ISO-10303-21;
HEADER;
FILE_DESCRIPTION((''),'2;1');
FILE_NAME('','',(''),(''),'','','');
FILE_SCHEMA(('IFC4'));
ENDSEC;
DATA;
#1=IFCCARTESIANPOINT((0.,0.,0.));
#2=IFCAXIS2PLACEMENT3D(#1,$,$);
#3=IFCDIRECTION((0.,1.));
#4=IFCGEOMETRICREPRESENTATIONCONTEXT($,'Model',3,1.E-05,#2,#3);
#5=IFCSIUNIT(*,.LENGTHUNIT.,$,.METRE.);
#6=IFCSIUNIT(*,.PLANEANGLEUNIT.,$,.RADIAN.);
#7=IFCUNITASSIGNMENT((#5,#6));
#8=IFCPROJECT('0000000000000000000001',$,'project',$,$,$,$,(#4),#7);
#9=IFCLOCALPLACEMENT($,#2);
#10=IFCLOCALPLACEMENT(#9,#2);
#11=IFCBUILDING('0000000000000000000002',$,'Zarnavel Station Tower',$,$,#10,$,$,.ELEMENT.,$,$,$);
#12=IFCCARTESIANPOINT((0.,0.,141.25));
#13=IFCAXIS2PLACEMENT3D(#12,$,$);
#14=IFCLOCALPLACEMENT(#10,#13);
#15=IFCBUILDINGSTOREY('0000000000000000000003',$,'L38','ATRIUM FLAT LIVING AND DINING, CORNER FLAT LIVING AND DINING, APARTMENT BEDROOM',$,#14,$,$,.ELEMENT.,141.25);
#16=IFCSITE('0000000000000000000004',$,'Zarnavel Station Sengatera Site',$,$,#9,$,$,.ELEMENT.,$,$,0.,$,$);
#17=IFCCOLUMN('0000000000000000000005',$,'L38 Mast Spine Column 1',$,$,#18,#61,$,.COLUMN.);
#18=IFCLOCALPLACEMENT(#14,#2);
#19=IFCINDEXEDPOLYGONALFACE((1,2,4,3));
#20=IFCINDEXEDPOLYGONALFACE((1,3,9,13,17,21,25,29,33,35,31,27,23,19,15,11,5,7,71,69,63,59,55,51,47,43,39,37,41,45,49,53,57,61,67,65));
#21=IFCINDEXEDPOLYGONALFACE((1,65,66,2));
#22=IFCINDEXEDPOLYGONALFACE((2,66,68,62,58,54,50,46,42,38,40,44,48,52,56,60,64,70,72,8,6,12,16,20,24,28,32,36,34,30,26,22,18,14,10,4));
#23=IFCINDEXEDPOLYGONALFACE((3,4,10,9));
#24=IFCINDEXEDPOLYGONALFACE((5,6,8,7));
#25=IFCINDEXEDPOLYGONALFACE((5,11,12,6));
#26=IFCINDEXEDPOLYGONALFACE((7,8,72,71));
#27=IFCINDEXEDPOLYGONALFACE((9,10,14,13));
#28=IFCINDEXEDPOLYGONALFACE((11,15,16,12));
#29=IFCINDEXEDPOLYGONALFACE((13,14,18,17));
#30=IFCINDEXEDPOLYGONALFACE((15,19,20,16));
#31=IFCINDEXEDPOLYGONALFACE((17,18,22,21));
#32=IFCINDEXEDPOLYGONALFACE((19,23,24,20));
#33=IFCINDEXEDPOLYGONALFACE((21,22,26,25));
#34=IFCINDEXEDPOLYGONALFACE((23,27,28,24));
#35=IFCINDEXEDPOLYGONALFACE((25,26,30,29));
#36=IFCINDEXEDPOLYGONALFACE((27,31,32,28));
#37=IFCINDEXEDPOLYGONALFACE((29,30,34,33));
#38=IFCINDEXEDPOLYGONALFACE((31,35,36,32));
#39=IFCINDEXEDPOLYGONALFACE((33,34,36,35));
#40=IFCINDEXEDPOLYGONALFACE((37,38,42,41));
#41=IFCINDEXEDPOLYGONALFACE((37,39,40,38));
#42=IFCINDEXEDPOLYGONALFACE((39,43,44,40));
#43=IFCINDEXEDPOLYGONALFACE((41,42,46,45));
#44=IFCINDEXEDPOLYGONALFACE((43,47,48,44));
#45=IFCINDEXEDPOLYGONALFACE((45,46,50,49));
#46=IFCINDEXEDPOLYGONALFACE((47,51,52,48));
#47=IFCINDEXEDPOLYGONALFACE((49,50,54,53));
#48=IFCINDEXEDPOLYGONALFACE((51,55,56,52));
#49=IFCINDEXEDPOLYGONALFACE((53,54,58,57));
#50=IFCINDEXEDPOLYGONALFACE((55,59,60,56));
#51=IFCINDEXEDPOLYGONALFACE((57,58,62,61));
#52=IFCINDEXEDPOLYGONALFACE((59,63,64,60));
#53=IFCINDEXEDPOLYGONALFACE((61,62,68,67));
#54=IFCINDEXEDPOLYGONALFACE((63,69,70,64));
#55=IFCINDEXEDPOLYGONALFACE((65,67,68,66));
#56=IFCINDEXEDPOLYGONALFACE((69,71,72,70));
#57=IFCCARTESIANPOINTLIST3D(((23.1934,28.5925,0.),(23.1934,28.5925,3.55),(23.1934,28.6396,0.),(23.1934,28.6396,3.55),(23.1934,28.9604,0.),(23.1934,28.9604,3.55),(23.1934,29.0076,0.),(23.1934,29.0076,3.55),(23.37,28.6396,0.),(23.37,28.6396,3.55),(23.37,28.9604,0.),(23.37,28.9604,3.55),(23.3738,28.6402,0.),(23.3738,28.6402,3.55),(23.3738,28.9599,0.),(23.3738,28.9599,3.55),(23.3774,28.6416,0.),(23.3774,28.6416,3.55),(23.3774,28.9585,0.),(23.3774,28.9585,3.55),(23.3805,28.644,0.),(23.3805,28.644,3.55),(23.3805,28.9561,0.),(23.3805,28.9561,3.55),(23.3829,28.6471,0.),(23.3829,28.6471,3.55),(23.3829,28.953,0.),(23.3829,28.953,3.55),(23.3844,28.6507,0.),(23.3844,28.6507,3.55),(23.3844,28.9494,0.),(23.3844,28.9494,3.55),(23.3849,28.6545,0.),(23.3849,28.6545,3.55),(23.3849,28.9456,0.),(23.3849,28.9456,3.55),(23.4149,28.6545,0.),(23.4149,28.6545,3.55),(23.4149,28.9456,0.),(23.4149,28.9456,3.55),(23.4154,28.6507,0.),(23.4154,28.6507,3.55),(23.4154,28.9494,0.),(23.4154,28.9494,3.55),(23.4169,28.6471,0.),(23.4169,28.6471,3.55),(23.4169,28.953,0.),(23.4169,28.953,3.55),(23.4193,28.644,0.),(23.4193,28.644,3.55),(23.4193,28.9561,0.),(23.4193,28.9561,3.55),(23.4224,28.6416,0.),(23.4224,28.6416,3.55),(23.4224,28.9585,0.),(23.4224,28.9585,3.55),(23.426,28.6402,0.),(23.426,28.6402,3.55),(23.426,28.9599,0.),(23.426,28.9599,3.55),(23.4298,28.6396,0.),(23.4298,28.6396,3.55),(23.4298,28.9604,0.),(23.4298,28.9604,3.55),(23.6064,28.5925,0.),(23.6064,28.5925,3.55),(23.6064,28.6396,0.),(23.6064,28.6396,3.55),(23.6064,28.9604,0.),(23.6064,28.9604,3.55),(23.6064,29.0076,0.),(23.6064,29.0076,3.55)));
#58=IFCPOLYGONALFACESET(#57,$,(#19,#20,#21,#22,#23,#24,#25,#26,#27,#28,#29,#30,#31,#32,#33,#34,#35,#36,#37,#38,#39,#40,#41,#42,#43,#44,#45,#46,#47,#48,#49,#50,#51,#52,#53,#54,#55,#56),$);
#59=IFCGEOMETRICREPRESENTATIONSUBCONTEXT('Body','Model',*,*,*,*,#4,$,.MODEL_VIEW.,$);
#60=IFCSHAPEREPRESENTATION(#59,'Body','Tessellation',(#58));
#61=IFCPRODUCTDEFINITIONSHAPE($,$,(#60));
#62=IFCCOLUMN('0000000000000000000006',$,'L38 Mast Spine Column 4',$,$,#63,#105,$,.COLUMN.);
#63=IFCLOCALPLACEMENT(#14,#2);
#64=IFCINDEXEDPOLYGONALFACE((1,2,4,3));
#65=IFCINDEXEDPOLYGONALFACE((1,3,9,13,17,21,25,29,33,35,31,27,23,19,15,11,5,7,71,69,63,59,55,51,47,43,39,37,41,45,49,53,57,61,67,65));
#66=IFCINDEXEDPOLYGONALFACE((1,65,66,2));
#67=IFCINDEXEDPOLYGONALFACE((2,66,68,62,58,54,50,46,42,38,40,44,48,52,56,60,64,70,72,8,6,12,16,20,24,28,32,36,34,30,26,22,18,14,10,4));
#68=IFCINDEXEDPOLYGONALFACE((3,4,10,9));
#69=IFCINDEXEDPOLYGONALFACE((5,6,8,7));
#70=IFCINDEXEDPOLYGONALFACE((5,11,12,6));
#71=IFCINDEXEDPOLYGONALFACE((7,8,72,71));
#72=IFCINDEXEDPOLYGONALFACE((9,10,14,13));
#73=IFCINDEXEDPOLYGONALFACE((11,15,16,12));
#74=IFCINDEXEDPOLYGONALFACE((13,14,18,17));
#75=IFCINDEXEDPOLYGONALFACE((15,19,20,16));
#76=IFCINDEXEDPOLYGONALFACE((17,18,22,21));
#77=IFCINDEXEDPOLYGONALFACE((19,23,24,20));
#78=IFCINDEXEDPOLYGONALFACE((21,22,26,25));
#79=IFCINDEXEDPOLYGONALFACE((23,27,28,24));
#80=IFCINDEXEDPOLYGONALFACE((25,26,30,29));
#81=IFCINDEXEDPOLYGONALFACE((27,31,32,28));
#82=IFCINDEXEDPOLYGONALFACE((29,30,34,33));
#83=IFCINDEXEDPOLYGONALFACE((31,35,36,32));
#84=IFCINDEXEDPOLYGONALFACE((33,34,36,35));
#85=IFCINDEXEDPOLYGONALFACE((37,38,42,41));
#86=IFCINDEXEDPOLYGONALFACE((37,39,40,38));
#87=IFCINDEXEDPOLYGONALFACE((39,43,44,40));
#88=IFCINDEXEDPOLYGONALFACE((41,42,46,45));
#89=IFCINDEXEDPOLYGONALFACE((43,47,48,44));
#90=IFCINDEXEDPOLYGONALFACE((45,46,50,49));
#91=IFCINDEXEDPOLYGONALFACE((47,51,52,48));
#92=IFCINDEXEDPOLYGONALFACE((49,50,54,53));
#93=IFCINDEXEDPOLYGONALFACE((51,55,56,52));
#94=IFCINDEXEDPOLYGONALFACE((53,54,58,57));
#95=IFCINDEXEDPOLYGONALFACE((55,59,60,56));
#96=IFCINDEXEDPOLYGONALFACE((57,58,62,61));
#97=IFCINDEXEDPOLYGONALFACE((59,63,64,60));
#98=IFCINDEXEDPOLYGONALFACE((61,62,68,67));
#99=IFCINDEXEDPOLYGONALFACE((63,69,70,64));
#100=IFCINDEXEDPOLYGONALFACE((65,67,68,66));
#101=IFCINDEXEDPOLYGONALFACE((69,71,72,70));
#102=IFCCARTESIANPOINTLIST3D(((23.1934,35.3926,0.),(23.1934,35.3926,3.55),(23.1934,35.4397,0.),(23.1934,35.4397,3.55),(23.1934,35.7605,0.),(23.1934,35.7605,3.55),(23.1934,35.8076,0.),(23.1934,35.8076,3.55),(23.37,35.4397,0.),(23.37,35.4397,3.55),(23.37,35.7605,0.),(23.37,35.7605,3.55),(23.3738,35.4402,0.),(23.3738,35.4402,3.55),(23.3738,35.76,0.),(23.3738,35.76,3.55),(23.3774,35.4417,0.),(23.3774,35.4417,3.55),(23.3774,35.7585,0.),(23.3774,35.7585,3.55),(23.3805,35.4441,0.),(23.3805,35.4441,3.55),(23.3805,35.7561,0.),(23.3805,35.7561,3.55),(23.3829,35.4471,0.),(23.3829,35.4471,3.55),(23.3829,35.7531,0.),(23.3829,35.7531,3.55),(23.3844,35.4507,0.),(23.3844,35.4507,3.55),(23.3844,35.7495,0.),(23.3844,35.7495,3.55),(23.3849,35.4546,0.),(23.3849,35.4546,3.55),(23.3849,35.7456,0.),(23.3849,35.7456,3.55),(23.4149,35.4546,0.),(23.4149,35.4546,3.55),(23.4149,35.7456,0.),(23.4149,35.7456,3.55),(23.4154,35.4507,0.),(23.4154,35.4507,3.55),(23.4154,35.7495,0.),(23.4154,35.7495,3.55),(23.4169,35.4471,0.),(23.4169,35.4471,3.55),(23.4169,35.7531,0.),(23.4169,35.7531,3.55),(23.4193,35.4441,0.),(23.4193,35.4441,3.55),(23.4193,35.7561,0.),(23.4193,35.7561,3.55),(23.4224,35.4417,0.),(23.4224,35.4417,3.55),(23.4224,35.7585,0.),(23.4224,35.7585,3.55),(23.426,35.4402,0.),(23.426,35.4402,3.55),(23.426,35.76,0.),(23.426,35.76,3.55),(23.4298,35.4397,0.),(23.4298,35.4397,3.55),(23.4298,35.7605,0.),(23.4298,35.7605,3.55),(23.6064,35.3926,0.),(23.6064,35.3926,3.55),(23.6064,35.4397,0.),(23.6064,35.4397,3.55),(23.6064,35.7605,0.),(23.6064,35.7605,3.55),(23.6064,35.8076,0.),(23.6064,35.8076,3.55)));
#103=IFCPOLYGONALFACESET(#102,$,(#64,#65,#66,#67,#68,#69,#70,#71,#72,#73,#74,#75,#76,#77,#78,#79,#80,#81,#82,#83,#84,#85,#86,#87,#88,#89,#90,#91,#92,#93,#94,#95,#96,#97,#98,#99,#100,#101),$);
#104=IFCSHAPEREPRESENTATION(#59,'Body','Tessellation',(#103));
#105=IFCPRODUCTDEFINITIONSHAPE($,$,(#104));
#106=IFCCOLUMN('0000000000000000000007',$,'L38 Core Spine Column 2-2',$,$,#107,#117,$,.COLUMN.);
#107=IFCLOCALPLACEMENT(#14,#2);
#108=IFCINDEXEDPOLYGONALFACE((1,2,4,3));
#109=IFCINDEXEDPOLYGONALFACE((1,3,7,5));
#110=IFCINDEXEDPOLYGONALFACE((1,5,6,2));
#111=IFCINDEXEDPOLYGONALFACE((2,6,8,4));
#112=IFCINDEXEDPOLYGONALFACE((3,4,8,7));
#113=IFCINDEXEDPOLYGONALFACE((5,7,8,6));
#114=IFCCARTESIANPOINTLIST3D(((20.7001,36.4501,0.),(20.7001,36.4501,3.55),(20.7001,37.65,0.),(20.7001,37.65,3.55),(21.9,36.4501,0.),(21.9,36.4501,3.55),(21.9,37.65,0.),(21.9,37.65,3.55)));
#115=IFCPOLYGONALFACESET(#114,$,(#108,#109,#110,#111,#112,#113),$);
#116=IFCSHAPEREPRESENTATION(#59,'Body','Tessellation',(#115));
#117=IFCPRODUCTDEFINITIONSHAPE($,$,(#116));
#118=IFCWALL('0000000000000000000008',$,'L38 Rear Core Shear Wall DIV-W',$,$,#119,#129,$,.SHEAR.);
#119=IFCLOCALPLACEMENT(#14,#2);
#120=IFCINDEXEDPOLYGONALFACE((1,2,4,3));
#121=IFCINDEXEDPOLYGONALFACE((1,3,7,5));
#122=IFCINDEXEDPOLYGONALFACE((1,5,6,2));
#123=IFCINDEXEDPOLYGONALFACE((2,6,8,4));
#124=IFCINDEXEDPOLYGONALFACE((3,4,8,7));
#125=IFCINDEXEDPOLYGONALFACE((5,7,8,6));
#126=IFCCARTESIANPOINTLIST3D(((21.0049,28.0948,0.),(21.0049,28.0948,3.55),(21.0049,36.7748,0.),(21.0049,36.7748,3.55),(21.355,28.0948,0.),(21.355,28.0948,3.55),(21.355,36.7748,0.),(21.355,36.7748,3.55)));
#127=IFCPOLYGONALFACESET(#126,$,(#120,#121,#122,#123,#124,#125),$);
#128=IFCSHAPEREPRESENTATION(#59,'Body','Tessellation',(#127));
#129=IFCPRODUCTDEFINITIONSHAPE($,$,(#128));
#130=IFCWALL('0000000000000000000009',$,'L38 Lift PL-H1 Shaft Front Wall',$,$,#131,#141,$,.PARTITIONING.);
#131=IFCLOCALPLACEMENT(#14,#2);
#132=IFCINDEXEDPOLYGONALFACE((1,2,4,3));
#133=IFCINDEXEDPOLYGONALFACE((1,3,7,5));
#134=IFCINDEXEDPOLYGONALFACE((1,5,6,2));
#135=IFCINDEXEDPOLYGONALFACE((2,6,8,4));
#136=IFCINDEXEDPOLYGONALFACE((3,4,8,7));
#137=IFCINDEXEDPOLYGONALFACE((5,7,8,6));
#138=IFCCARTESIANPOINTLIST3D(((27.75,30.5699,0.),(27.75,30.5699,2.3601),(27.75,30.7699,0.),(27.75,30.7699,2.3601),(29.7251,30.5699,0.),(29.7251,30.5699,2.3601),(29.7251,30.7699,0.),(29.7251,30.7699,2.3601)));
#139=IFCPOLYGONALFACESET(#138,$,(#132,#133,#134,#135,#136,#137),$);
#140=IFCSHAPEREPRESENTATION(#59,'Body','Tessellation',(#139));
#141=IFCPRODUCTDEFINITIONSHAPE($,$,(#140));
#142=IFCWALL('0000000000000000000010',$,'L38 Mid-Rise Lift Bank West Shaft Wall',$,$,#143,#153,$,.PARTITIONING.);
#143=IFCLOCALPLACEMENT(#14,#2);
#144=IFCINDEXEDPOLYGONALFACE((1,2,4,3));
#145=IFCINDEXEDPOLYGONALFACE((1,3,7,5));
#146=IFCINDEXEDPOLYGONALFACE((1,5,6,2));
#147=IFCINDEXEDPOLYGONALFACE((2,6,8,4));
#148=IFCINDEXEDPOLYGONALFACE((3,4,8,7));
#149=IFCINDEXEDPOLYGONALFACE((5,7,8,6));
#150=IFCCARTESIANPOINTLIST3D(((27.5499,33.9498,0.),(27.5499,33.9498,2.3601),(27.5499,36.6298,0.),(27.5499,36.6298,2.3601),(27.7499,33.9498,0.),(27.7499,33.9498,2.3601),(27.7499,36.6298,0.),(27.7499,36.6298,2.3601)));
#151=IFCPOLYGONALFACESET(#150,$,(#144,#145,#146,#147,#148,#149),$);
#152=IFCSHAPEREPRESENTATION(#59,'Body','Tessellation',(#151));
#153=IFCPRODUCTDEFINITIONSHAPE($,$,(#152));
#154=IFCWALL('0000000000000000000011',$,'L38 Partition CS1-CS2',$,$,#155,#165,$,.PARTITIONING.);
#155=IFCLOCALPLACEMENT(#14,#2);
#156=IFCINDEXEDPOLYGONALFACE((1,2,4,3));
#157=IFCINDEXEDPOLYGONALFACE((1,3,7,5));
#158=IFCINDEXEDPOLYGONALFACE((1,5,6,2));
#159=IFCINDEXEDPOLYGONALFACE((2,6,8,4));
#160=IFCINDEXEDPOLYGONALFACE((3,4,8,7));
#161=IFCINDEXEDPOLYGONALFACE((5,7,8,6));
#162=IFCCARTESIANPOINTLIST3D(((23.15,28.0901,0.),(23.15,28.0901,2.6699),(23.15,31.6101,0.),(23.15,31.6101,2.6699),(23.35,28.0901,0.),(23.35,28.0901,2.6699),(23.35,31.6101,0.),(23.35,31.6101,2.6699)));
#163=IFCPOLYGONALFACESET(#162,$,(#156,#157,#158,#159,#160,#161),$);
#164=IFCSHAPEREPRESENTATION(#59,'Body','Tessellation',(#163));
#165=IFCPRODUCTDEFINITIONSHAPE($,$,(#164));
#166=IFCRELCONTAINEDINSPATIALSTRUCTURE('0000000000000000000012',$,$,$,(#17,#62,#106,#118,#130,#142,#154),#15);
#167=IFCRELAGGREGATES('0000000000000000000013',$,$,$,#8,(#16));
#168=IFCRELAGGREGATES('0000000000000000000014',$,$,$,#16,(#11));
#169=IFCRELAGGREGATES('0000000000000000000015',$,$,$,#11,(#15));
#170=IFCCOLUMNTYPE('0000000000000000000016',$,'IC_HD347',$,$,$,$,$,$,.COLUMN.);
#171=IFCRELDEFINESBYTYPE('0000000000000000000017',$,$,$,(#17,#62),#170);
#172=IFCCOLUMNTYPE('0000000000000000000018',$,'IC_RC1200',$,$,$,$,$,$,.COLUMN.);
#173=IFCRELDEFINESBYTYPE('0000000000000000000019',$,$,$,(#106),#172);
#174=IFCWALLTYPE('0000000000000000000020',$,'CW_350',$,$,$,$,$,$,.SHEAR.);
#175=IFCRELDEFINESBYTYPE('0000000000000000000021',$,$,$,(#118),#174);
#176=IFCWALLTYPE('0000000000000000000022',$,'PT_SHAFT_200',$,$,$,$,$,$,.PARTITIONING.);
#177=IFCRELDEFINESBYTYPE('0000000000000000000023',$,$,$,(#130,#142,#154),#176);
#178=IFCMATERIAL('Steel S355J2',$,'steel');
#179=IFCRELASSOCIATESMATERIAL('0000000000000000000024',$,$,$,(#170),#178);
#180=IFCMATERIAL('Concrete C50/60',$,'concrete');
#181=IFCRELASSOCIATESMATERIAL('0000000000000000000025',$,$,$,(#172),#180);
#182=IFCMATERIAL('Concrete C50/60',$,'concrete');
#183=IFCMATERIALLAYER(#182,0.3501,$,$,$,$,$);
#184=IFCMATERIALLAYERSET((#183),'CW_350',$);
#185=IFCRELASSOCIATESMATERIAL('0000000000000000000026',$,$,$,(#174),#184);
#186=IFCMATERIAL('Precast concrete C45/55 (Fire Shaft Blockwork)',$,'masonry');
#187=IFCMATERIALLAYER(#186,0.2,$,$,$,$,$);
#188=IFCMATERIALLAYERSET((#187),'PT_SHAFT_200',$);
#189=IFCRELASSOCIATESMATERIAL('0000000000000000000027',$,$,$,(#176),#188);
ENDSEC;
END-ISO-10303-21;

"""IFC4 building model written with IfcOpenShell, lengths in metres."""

from ifc_helpers import new_model, si_unit, direction, frame, frame_2d, origin, origin_2d, place, context, subcontext, project, spatial, rectangle, i_section, extrude, material, layer, layer_set, material_profile, profile_set, type_object, element, save


model = new_model("IFC4")

# Units and contexts
model_context = context("Model", 3, precision=1e-05, world=origin(), true_north=direction((0.0, 1.0)))
body_context = subcontext(model_context, "Body", "Model", "MODEL_VIEW")
ifc_project = project(units=[si_unit("LENGTHUNIT", "METRE"), si_unit("PLANEANGLEUNIT", "RADIAN")], contexts=[model_context])

# Site, building, storey
site_placement = place(None, origin())
site = spatial("IfcSite", under=ifc_project, at=site_placement, Name="Zarnavel Station Sengatera Site", CompositionType="ELEMENT", RefElevation=0.0)
building_placement = place(site_placement, origin())
building = spatial("IfcBuilding", under=site, at=building_placement, Name="Zarnavel Station Tower", CompositionType="ELEMENT")
storey_placement = place(building_placement, frame((0.0, 0.0, 141.25)))
storey = spatial("IfcBuildingStorey", under=building, at=storey_placement, Name="L38", Description="ATRIUM FLAT LIVING AND DINING, CORNER FLAT LIVING AND DINING, APARTMENT BEDROOM", CompositionType="ELEMENT", Elevation=141.25)

# Columns
ifc_material_1 = material(Name="Steel S355J2", Category="steel")
ifc_material_profile_1 = material_profile(ifc_material_1, i_section(OverallWidth=0.4131, OverallDepth=0.415, WebThickness=0.03, FlangeThickness=0.0471, FilletRadius=0.0149, at=origin_2d()), Name="HD400x347")
ifc_profile_set_1 = profile_set([ifc_material_profile_1], Name="Steel S355J2")
column_type_1 = type_object("IfcColumnType", Name="IC_HD347", PredefinedType="COLUMN", material=ifc_profile_set_1)
for number, where, z_axis, x_axis, name in (
    (1, (23.3999, 28.8, 0.0), (0.0, 0.0, 1.0), (1.0, 0.0, 0.0), "L38 Mast Spine Column 1"),
    (2, (23.3999, 35.6001, 0.0), (0.0, 0.0, 1.0), (1.0, 0.0, 0.0), "L38 Mast Spine Column 4"),
):
    element("IfcColumn", number, at=place(storey_placement, frame(where, z_axis=z_axis, x_axis=x_axis)), inside=storey, type_object=column_type_1, Name=name, PredefinedType="COLUMN", context=body_context, shape_type="SweptSolid", body=[
        extrude(i_section(OverallWidth=0.4131, OverallDepth=0.415, WebThickness=0.03, FlangeThickness=0.0471, FilletRadius=0.0149, at=origin_2d()), origin(), (0.0, 0.0, 1.0), 3.55),
    ])
ifc_material_2 = material(Name="Concrete C50/60", Category="concrete")
ifc_material_profile_2 = material_profile(ifc_material_2, rectangle(XDim=1.2, YDim=1.2, at=origin_2d()), Name="RC1200x1200")
ifc_profile_set_2 = profile_set([ifc_material_profile_2], Name="Concrete C50/60")
column_type_2 = type_object("IfcColumnType", Name="IC_RC1200", PredefinedType="COLUMN", material=ifc_profile_set_2)
column_placement = place(storey_placement, frame((21.3, 37.05, 0.0), z_axis=(0.0, 0.0, 1.0), x_axis=(1.0, 0.0, 0.0)))
element("IfcColumn", 3, at=column_placement, inside=storey, type_object=column_type_2, Name="L38 Core Spine Column 2-2", PredefinedType="COLUMN", context=body_context, shape_type="SweptSolid", body=[
    extrude(rectangle(XDim=1.2, YDim=1.2, at=origin_2d()), origin(), (0.0, 0.0, 1.0), 3.55),
])

# Wall
ifc_material_3 = material(Name="Concrete C50/60", Category="concrete")
ifc_layer_1 = layer(ifc_material_3, 0.3501)
ifc_layer_set_1 = layer_set([ifc_layer_1], Name="CW_350")
wall_type_1 = type_object("IfcWallType", Name="CW_350", PredefinedType="SHEAR", material=ifc_layer_set_1)
wall_1_placement = place(storey_placement, frame((21.1799, 28.095, 0.0), z_axis=(0.0, 0.0, 1.0), x_axis=(0.0, 1.0, 0.0)))
element("IfcWall", 4, at=wall_1_placement, inside=storey, type_object=wall_type_1, Name="L38 Rear Core Shear Wall DIV-W", PredefinedType="SHEAR", context=body_context, shape_type="SweptSolid", body=[
    extrude(rectangle(XDim=8.6799, YDim=0.3501, at=frame_2d((4.3398, 0.0))), origin(), (0.0, 0.0, 1.0), 3.55),
])

# Wall
ifc_material_4 = material(Name="Precast concrete C45/55 (Fire Shaft Blockwork)", Category="masonry")
ifc_layer_2 = layer(ifc_material_4, 0.2)
ifc_layer_set_2 = layer_set([ifc_layer_2], Name="PT_SHAFT_200")
wall_type_2 = type_object("IfcWallType", Name="PT_SHAFT_200", PredefinedType="PARTITIONING", material=ifc_layer_set_2)
wall_2_placement = place(storey_placement, frame((27.75, 30.6699, 0.0), z_axis=(0.0, 0.0, 1.0), x_axis=(1.0, 0.0, 0.0)))
element("IfcWall", 5, at=wall_2_placement, inside=storey, type_object=wall_type_2, Name="L38 Lift PL-H1 Shaft Front Wall", PredefinedType="PARTITIONING", context=body_context, shape_type="SweptSolid", body=[
    extrude(rectangle(XDim=1.9751, YDim=0.2, at=frame_2d((0.9875, 0.0))), origin(), (0.0, 0.0, 1.0), 2.3601),
])

# Wall
wall_3_placement = place(storey_placement, frame((27.6499, 33.95, 0.0), z_axis=(0.0, 0.0, 1.0), x_axis=(0.0, 1.0, 0.0)))
element("IfcWall", 6, at=wall_3_placement, inside=storey, type_object=wall_type_2, Name="L38 Mid-Rise Lift Bank West Shaft Wall", PredefinedType="PARTITIONING", context=body_context, shape_type="SweptSolid", body=[
    extrude(rectangle(XDim=2.6799, YDim=0.2, at=frame_2d((1.3398, 0.0))), origin(), (0.0, 0.0, 1.0), 2.3601),
])

# Wall
wall_4_placement = place(storey_placement, frame((23.25, 28.0901, 0.0), z_axis=(0.0, 0.0, 1.0), x_axis=(0.0, 1.0, 0.0)))
element("IfcWall", 7, at=wall_4_placement, inside=storey, type_object=wall_type_2, Name="L38 Partition CS1-CS2", PredefinedType="PARTITIONING", context=body_context, shape_type="SweptSolid", body=[
    extrude(rectangle(XDim=3.52, YDim=0.2, at=frame_2d((1.76, 0.0))), origin(), (0.0, 0.0, 1.0), 2.6699),
])

save(model, "model.ifc")
